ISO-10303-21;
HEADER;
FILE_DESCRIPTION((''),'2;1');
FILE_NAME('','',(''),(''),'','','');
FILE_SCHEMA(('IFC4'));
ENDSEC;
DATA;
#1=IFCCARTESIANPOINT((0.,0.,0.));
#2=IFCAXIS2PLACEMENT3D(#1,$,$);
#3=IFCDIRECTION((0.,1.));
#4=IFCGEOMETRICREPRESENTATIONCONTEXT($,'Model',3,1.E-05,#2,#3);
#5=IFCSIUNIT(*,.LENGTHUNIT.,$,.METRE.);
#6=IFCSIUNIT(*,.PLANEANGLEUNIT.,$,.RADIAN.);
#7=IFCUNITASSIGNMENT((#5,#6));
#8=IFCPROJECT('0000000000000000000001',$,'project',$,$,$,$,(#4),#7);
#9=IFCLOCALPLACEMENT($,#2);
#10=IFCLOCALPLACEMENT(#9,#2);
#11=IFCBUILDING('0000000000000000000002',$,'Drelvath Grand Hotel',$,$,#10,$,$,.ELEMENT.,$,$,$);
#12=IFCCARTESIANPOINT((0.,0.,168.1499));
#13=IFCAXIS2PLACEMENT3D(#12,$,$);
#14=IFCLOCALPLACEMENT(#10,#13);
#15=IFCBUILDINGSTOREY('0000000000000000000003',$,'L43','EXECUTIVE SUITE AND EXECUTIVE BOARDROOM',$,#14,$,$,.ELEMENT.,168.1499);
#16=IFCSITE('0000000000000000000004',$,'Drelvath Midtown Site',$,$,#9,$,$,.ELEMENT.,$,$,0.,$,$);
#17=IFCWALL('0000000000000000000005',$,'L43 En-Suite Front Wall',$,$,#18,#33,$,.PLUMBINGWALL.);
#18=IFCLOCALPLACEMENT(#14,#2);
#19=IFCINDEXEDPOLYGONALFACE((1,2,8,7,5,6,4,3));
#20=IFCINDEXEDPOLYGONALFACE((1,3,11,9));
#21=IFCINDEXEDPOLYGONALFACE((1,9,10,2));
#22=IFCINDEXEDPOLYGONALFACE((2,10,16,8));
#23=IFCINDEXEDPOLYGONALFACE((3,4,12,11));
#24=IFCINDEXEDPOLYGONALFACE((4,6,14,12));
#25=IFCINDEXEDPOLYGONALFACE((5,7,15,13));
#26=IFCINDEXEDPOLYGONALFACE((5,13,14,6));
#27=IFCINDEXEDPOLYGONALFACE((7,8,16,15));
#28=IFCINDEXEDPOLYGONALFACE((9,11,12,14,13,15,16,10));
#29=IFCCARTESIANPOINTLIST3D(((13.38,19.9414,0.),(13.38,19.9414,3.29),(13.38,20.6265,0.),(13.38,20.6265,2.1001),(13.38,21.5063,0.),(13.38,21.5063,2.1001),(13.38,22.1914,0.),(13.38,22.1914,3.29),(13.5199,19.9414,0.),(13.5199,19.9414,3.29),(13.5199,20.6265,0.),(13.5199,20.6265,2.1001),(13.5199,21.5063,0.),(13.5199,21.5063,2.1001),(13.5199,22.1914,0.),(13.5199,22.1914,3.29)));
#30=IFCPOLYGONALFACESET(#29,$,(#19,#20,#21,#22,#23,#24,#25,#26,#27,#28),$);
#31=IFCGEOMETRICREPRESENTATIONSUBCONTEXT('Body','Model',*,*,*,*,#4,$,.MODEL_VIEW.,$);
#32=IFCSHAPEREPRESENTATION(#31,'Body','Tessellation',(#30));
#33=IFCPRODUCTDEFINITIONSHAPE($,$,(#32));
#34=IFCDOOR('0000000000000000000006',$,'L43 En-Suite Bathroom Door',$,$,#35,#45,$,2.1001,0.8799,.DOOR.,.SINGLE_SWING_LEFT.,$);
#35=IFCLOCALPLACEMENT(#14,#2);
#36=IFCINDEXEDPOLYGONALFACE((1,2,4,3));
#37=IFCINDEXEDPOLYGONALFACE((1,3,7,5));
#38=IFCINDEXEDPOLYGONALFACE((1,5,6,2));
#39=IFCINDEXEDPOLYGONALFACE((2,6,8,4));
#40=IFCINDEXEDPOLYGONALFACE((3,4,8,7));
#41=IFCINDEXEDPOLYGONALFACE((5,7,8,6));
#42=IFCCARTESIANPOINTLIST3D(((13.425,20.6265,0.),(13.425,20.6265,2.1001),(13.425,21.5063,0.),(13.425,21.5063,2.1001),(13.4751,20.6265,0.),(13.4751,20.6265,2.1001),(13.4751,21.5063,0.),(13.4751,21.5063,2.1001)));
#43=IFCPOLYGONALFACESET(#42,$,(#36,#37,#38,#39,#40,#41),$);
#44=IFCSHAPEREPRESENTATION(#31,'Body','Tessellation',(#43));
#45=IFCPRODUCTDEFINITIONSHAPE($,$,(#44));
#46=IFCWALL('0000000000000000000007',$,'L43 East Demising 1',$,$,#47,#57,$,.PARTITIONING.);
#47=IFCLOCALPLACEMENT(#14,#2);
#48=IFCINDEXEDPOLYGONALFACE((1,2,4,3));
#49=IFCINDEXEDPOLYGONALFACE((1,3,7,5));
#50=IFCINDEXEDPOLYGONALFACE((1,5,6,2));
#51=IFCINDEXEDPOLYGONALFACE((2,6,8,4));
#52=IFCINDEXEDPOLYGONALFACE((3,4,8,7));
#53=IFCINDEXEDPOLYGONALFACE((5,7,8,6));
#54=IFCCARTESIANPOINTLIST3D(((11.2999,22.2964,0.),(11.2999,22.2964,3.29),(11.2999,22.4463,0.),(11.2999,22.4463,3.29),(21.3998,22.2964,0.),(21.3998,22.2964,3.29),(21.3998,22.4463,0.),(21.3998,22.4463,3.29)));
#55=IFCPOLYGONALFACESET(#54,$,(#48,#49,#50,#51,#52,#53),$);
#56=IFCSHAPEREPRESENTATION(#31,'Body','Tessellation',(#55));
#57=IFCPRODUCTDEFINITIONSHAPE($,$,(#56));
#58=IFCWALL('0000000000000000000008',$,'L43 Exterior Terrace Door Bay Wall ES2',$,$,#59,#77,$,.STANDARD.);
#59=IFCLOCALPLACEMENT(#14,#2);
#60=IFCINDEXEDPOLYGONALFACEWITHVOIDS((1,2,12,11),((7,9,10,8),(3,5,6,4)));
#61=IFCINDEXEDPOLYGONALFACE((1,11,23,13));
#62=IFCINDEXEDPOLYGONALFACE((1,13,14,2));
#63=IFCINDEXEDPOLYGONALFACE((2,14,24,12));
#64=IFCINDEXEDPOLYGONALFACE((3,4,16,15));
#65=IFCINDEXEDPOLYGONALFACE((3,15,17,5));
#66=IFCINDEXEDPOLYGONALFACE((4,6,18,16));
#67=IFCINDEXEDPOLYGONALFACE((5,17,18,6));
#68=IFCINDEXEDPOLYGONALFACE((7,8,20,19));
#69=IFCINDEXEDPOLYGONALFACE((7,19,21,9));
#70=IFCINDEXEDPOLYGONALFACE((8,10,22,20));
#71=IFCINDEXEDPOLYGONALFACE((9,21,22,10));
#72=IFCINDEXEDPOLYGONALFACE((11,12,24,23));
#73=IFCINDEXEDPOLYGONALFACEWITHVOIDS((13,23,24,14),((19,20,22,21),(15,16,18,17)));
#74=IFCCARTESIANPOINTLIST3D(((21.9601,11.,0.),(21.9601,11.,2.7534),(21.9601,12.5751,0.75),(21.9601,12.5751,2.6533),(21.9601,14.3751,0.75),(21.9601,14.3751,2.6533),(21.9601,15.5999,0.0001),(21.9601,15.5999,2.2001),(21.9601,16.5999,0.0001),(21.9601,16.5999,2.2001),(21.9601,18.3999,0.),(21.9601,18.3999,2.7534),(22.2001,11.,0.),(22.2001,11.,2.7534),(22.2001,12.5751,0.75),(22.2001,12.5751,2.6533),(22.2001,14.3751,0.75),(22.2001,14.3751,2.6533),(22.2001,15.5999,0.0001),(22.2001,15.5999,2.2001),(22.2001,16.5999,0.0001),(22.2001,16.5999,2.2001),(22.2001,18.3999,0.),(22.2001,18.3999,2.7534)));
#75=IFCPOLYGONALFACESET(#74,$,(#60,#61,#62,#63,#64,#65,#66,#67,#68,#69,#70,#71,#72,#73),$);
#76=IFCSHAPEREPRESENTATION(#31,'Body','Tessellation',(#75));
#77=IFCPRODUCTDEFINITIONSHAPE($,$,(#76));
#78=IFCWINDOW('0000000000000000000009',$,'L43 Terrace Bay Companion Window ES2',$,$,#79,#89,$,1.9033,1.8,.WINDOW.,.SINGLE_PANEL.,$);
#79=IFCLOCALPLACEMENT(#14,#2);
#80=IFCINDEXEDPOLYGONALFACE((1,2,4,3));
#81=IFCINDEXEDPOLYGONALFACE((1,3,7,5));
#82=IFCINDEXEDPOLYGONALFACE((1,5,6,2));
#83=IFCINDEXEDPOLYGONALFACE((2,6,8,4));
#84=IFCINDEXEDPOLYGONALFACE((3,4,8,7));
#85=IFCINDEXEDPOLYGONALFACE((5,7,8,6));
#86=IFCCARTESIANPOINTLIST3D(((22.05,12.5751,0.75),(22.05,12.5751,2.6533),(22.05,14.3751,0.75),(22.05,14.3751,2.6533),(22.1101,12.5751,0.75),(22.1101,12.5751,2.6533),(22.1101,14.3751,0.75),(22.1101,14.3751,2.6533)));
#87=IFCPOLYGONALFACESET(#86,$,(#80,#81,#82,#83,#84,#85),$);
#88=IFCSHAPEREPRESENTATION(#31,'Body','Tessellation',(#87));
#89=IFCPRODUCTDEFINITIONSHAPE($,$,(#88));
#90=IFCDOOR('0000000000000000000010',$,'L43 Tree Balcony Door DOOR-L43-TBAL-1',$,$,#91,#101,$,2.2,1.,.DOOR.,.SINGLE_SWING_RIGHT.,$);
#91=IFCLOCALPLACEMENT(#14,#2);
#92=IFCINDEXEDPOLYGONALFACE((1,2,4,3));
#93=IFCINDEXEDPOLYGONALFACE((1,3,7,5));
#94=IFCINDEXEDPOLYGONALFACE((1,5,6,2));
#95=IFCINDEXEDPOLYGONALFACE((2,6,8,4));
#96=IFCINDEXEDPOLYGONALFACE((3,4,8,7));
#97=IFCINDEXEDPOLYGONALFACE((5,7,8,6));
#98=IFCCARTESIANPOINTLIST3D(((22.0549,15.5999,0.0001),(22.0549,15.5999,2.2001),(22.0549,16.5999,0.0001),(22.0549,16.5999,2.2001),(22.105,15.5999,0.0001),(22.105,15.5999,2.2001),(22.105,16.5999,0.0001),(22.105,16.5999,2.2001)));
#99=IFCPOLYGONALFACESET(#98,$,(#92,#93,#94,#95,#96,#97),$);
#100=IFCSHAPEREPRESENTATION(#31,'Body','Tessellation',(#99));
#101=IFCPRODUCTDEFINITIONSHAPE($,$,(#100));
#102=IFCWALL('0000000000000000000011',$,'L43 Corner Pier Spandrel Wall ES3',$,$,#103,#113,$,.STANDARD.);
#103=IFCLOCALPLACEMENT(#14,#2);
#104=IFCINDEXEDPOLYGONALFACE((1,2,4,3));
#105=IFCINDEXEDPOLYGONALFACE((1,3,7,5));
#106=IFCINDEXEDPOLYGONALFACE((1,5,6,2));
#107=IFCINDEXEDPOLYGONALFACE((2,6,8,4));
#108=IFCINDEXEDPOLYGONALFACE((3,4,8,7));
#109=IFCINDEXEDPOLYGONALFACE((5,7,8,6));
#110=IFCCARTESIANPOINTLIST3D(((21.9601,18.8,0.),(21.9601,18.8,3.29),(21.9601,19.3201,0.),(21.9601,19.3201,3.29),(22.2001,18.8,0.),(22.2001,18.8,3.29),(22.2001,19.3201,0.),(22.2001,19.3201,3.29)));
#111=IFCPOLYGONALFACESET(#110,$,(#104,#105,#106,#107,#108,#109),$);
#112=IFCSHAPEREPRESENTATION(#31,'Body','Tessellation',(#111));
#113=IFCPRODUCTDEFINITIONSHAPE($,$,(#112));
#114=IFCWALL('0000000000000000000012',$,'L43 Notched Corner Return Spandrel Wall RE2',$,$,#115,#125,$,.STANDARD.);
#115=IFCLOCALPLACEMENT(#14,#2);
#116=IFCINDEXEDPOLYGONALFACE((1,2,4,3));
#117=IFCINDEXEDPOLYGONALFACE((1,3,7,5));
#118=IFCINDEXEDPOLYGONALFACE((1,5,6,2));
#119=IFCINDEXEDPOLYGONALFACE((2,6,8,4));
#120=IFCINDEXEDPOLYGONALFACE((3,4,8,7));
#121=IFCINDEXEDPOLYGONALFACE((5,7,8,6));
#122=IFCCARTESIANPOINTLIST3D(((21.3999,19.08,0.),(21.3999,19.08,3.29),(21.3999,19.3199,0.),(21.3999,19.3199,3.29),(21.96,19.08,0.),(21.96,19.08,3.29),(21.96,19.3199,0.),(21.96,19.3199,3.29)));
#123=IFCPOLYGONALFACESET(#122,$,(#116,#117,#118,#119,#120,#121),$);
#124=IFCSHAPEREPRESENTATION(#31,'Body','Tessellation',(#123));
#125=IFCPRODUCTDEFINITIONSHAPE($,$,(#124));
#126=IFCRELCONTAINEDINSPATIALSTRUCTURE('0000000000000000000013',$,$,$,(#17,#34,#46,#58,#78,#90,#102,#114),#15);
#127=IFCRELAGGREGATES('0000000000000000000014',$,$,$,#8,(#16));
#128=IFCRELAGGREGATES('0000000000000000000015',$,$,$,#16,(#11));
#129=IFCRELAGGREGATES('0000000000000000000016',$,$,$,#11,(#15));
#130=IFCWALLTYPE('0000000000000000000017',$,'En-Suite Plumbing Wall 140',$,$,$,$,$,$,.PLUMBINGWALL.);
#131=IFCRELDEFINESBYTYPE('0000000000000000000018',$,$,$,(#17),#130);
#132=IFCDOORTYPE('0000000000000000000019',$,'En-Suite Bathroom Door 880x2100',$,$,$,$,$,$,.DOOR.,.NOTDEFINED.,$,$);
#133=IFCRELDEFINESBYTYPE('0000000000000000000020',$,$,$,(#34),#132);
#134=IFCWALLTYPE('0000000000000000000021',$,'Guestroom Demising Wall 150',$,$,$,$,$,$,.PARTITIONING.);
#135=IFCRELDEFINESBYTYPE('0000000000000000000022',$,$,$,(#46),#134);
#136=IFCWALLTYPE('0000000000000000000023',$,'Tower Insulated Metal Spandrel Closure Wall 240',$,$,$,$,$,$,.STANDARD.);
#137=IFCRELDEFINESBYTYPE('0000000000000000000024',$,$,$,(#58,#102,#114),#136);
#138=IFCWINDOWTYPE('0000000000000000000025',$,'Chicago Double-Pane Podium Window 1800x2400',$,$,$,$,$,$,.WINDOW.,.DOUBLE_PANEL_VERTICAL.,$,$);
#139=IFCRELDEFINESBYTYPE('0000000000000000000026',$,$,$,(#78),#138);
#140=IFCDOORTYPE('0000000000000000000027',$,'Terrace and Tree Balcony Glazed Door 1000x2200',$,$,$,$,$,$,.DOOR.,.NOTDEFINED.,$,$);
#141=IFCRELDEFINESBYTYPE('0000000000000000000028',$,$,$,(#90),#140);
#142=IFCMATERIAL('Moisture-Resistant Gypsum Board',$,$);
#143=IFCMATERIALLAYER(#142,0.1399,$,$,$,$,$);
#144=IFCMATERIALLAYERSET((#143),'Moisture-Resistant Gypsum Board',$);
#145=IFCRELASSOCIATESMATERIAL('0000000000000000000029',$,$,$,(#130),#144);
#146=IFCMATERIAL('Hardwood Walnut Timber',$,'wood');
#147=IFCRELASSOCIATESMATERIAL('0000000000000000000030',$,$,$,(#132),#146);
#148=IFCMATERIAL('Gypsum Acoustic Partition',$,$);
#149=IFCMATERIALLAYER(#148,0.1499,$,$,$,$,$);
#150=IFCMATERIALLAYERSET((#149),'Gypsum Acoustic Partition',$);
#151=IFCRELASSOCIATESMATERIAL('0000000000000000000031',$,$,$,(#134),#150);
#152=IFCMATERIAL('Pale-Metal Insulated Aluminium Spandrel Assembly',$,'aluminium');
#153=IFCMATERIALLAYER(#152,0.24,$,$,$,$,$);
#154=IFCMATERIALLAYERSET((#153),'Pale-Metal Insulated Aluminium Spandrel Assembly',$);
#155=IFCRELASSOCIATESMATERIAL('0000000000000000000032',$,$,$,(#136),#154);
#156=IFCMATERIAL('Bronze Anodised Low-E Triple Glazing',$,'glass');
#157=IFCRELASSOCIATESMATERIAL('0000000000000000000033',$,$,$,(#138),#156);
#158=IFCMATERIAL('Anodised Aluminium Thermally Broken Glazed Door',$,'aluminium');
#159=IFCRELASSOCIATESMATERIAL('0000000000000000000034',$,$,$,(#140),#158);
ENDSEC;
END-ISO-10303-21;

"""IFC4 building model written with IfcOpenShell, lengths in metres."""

from ifc_helpers import new_model, si_unit, direction, frame, frame_2d, origin, place, context, subcontext, project, spatial, rectangle, extrude, material, layer, layer_set, type_object, element, fill, save


model = new_model("IFC4")

# Units and contexts
model_context = context("Model", 3, precision=1e-05, world=origin(), true_north=direction((0.0, 1.0)))
body_context = subcontext(model_context, "Body", "Model", "MODEL_VIEW")
ifc_project = project(units=[si_unit("LENGTHUNIT", "METRE"), si_unit("PLANEANGLEUNIT", "RADIAN")], contexts=[model_context])

# Site, building, storey
site_placement = place(None, origin())
site = spatial("IfcSite", under=ifc_project, at=site_placement, Name="Drelvath Midtown Site", CompositionType="ELEMENT", RefElevation=0.0)
building_placement = place(site_placement, origin())
building = spatial("IfcBuilding", under=site, at=building_placement, Name="Drelvath Grand Hotel", CompositionType="ELEMENT")
storey_placement = place(building_placement, frame((0.0, 0.0, 168.1499)))
storey = spatial("IfcBuildingStorey", under=building, at=storey_placement, Name="L43", Description="EXECUTIVE SUITE AND EXECUTIVE BOARDROOM", CompositionType="ELEMENT", Elevation=168.1499)

# Shared definitions
ifc_material_1 = material(Name="Moisture-Resistant Gypsum Board")
ifc_layer_1 = layer(ifc_material_1, 0.1399)
ifc_layer_set_1 = layer_set([ifc_layer_1], Name="Moisture-Resistant Gypsum Board")
wall_type_1 = type_object("IfcWallType", Name="En-Suite Plumbing Wall 140", PredefinedType="PLUMBINGWALL", material=ifc_layer_set_1)

# Wall, opening, door
wall_1_placement = place(storey_placement, frame((13.45, 19.9414, 0.0), z_axis=(0.0, 0.0, 1.0), x_axis=(0.0, 1.0, 0.0)))
wall_1 = element("IfcWall", 1, at=wall_1_placement, inside=storey, type_object=wall_type_1, Name="L43 En-Suite Front Wall", PredefinedType="PLUMBINGWALL", context=body_context, shape_type="SweptSolid", body=[
    extrude(rectangle(XDim=2.25, YDim=0.1399, at=frame_2d((1.125, 0.0))), origin(), (0.0, 0.0, 1.0), 3.29),
])
opening_1_placement = place(wall_1_placement, frame((0.6851, 0.0, 0.0)))
opening_1 = element("IfcOpeningElement", 2, at=opening_1_placement, cuts=wall_1, PredefinedType="OPENING", context=body_context, shape_type="SweptSolid", body=[
    extrude(rectangle(XDim=0.8799, YDim=2.1001, at=frame_2d((0.4399, 1.05))), frame((0.0, 0.0798, 0.0), z_axis=(0.0, -1.0, 0.0), x_axis=(1.0, 0.0, 0.0)), (0.0, 0.0, 1.0), 0.1599),
])
ifc_material_2 = material(Name="Hardwood Walnut Timber", Category="wood")
door_type_1 = type_object("IfcDoorType", Name="En-Suite Bathroom Door 880x2100", OperationType="NOTDEFINED", PredefinedType="DOOR", material=ifc_material_2)
door_1_placement = place(opening_1_placement, origin())
door_1 = element("IfcDoor", 3, at=door_1_placement, inside=storey, type_object=door_type_1, Name="L43 En-Suite Bathroom Door", OperationType="SINGLE_SWING_LEFT", OverallHeight=2.1001, OverallWidth=0.8799, PredefinedType="DOOR", context=body_context, shape_type="SweptSolid", body=[
    extrude(rectangle(XDim=0.8799, YDim=2.1001, at=frame_2d((0.4399, 1.05))), frame((0.0, 0.0249, 0.0), z_axis=(0.0, -1.0, 0.0), x_axis=(1.0, 0.0, 0.0)), (0.0, 0.0, 1.0), 0.05),
])
fill(opening_1, door_1)

# Wall
ifc_material_3 = material(Name="Gypsum Acoustic Partition")
ifc_layer_2 = layer(ifc_material_3, 0.1499)
ifc_layer_set_2 = layer_set([ifc_layer_2], Name="Gypsum Acoustic Partition")
wall_type_2 = type_object("IfcWallType", Name="Guestroom Demising Wall 150", PredefinedType="PARTITIONING", material=ifc_layer_set_2)
wall_2_placement = place(storey_placement, frame((11.3, 22.3713, 0.0), z_axis=(0.0, 0.0, 1.0), x_axis=(1.0, 0.0, 0.0)))
element("IfcWall", 4, at=wall_2_placement, inside=storey, type_object=wall_type_2, Name="L43 East Demising 1", PredefinedType="PARTITIONING", context=body_context, shape_type="SweptSolid", body=[
    extrude(rectangle(XDim=10.0999, YDim=0.1499, at=frame_2d((5.0498, 0.0))), origin(), (0.0, 0.0, 1.0), 3.29),
])

# Wall, openings, window, door
ifc_material_4 = material(Name="Pale-Metal Insulated Aluminium Spandrel Assembly", Category="aluminium")
ifc_layer_3 = layer(ifc_material_4, 0.24)
ifc_layer_set_3 = layer_set([ifc_layer_3], Name="Pale-Metal Insulated Aluminium Spandrel Assembly")
wall_type_3 = type_object("IfcWallType", Name="Tower Insulated Metal Spandrel Closure Wall 240", PredefinedType="STANDARD", material=ifc_layer_set_3)
wall_3_placement = place(storey_placement, frame((22.0801, 18.3999, 0.0), z_axis=(0.0, 0.0, 1.0), x_axis=(0.0, -1.0, 0.0)))
wall_3 = element("IfcWall", 5, at=wall_3_placement, inside=storey, type_object=wall_type_3, Name="L43 Exterior Terrace Door Bay Wall ES2", PredefinedType="STANDARD", context=body_context, shape_type="SweptSolid", body=[
    extrude(rectangle(XDim=7.3999, YDim=0.24, at=frame_2d((3.7, 0.0))), origin(), (0.0, 0.0, 1.0), 2.7534),
])
opening_2_placement = place(wall_3_placement, frame((1.8, 0.0, 0.0)))
opening_2 = element("IfcOpeningElement", 6, at=opening_2_placement, cuts=wall_3, PredefinedType="OPENING", context=body_context, shape_type="SweptSolid", body=[
    extrude(rectangle(XDim=1.0, YDim=2.2, at=frame_2d((0.5, 1.1001))), frame((0.0, 0.1299, 0.0), z_axis=(0.0, -1.0, 0.0), x_axis=(1.0, 0.0, 0.0)), (0.0, 0.0, 1.0), 0.26),
])
opening_3_placement = place(wall_3_placement, frame((4.0249, 0.0, 0.75)))
opening_3 = element("IfcOpeningElement", 7, at=opening_3_placement, cuts=wall_3, PredefinedType="OPENING", context=body_context, shape_type="SweptSolid", body=[
    extrude(rectangle(XDim=1.8, YDim=1.9033, at=frame_2d((0.8999, 0.9517))), frame((0.0, 0.1299, 0.0), z_axis=(0.0, -1.0, 0.0), x_axis=(1.0, 0.0, 0.0)), (0.0, 0.0, 1.0), 0.26),
])
ifc_material_5 = material(Name="Bronze Anodised Low-E Triple Glazing", Category="glass")
window_type = type_object("IfcWindowType", Name="Chicago Double-Pane Podium Window 1800x2400", PartitioningType="DOUBLE_PANEL_VERTICAL", PredefinedType="WINDOW", material=ifc_material_5)
window_placement = place(opening_3_placement, origin())
window = element("IfcWindow", 8, at=window_placement, inside=storey, type_object=window_type, Name="L43 Terrace Bay Companion Window ES2", OverallHeight=1.9033, OverallWidth=1.8, PartitioningType="SINGLE_PANEL", PredefinedType="WINDOW", context=body_context, shape_type="SweptSolid", body=[
    extrude(rectangle(XDim=1.8, YDim=1.9033, at=frame_2d((0.8999, 0.9517))), frame((0.0, 0.03, 0.0), z_axis=(0.0, -1.0, 0.0), x_axis=(1.0, 0.0, 0.0)), (0.0, 0.0, 1.0), 0.0601),
])
fill(opening_3, window)
ifc_material_6 = material(Name="Anodised Aluminium Thermally Broken Glazed Door", Category="aluminium")
door_type_2 = type_object("IfcDoorType", Name="Terrace and Tree Balcony Glazed Door 1000x2200", OperationType="NOTDEFINED", PredefinedType="DOOR", material=ifc_material_6)
door_2_placement = place(opening_2_placement, origin())
door_2 = element("IfcDoor", 9, at=door_2_placement, inside=storey, type_object=door_type_2, Name="L43 Tree Balcony Door DOOR-L43-TBAL-1", OperationType="SINGLE_SWING_RIGHT", OverallHeight=2.2, OverallWidth=1.0, PredefinedType="DOOR", context=body_context, shape_type="SweptSolid", body=[
    extrude(rectangle(XDim=1.0, YDim=2.2, at=frame_2d((0.5, 1.1001))), frame((0.0, 0.0249, 0.0), z_axis=(0.0, -1.0, 0.0), x_axis=(1.0, 0.0, 0.0)), (0.0, 0.0, 1.0), 0.05),
])
fill(opening_2, door_2)

# Walls
wall_4_placement = place(storey_placement, frame((22.0801, 19.3201, 0.0), z_axis=(0.0, 0.0, 1.0), x_axis=(0.0, -1.0, 0.0)))
element("IfcWall", 10, at=wall_4_placement, inside=storey, type_object=wall_type_3, Name="L43 Corner Pier Spandrel Wall ES3", PredefinedType="STANDARD", context=body_context, shape_type="SweptSolid", body=[
    extrude(rectangle(XDim=0.52, YDim=0.24, at=frame_2d((0.26, 0.0))), origin(), (0.0, 0.0, 1.0), 3.29),
])
wall_5_placement = place(storey_placement, frame((21.3999, 19.2, 0.0), z_axis=(0.0, 0.0, 1.0), x_axis=(1.0, 0.0, 0.0)))
element("IfcWall", 11, at=wall_5_placement, inside=storey, type_object=wall_type_3, Name="L43 Notched Corner Return Spandrel Wall RE2", PredefinedType="STANDARD", context=body_context, shape_type="SweptSolid", body=[
    extrude(rectangle(XDim=0.5601, YDim=0.24, at=frame_2d((0.28, 0.0))), origin(), (0.0, 0.0, 1.0), 3.29),
])

save(model, "model.ifc")
